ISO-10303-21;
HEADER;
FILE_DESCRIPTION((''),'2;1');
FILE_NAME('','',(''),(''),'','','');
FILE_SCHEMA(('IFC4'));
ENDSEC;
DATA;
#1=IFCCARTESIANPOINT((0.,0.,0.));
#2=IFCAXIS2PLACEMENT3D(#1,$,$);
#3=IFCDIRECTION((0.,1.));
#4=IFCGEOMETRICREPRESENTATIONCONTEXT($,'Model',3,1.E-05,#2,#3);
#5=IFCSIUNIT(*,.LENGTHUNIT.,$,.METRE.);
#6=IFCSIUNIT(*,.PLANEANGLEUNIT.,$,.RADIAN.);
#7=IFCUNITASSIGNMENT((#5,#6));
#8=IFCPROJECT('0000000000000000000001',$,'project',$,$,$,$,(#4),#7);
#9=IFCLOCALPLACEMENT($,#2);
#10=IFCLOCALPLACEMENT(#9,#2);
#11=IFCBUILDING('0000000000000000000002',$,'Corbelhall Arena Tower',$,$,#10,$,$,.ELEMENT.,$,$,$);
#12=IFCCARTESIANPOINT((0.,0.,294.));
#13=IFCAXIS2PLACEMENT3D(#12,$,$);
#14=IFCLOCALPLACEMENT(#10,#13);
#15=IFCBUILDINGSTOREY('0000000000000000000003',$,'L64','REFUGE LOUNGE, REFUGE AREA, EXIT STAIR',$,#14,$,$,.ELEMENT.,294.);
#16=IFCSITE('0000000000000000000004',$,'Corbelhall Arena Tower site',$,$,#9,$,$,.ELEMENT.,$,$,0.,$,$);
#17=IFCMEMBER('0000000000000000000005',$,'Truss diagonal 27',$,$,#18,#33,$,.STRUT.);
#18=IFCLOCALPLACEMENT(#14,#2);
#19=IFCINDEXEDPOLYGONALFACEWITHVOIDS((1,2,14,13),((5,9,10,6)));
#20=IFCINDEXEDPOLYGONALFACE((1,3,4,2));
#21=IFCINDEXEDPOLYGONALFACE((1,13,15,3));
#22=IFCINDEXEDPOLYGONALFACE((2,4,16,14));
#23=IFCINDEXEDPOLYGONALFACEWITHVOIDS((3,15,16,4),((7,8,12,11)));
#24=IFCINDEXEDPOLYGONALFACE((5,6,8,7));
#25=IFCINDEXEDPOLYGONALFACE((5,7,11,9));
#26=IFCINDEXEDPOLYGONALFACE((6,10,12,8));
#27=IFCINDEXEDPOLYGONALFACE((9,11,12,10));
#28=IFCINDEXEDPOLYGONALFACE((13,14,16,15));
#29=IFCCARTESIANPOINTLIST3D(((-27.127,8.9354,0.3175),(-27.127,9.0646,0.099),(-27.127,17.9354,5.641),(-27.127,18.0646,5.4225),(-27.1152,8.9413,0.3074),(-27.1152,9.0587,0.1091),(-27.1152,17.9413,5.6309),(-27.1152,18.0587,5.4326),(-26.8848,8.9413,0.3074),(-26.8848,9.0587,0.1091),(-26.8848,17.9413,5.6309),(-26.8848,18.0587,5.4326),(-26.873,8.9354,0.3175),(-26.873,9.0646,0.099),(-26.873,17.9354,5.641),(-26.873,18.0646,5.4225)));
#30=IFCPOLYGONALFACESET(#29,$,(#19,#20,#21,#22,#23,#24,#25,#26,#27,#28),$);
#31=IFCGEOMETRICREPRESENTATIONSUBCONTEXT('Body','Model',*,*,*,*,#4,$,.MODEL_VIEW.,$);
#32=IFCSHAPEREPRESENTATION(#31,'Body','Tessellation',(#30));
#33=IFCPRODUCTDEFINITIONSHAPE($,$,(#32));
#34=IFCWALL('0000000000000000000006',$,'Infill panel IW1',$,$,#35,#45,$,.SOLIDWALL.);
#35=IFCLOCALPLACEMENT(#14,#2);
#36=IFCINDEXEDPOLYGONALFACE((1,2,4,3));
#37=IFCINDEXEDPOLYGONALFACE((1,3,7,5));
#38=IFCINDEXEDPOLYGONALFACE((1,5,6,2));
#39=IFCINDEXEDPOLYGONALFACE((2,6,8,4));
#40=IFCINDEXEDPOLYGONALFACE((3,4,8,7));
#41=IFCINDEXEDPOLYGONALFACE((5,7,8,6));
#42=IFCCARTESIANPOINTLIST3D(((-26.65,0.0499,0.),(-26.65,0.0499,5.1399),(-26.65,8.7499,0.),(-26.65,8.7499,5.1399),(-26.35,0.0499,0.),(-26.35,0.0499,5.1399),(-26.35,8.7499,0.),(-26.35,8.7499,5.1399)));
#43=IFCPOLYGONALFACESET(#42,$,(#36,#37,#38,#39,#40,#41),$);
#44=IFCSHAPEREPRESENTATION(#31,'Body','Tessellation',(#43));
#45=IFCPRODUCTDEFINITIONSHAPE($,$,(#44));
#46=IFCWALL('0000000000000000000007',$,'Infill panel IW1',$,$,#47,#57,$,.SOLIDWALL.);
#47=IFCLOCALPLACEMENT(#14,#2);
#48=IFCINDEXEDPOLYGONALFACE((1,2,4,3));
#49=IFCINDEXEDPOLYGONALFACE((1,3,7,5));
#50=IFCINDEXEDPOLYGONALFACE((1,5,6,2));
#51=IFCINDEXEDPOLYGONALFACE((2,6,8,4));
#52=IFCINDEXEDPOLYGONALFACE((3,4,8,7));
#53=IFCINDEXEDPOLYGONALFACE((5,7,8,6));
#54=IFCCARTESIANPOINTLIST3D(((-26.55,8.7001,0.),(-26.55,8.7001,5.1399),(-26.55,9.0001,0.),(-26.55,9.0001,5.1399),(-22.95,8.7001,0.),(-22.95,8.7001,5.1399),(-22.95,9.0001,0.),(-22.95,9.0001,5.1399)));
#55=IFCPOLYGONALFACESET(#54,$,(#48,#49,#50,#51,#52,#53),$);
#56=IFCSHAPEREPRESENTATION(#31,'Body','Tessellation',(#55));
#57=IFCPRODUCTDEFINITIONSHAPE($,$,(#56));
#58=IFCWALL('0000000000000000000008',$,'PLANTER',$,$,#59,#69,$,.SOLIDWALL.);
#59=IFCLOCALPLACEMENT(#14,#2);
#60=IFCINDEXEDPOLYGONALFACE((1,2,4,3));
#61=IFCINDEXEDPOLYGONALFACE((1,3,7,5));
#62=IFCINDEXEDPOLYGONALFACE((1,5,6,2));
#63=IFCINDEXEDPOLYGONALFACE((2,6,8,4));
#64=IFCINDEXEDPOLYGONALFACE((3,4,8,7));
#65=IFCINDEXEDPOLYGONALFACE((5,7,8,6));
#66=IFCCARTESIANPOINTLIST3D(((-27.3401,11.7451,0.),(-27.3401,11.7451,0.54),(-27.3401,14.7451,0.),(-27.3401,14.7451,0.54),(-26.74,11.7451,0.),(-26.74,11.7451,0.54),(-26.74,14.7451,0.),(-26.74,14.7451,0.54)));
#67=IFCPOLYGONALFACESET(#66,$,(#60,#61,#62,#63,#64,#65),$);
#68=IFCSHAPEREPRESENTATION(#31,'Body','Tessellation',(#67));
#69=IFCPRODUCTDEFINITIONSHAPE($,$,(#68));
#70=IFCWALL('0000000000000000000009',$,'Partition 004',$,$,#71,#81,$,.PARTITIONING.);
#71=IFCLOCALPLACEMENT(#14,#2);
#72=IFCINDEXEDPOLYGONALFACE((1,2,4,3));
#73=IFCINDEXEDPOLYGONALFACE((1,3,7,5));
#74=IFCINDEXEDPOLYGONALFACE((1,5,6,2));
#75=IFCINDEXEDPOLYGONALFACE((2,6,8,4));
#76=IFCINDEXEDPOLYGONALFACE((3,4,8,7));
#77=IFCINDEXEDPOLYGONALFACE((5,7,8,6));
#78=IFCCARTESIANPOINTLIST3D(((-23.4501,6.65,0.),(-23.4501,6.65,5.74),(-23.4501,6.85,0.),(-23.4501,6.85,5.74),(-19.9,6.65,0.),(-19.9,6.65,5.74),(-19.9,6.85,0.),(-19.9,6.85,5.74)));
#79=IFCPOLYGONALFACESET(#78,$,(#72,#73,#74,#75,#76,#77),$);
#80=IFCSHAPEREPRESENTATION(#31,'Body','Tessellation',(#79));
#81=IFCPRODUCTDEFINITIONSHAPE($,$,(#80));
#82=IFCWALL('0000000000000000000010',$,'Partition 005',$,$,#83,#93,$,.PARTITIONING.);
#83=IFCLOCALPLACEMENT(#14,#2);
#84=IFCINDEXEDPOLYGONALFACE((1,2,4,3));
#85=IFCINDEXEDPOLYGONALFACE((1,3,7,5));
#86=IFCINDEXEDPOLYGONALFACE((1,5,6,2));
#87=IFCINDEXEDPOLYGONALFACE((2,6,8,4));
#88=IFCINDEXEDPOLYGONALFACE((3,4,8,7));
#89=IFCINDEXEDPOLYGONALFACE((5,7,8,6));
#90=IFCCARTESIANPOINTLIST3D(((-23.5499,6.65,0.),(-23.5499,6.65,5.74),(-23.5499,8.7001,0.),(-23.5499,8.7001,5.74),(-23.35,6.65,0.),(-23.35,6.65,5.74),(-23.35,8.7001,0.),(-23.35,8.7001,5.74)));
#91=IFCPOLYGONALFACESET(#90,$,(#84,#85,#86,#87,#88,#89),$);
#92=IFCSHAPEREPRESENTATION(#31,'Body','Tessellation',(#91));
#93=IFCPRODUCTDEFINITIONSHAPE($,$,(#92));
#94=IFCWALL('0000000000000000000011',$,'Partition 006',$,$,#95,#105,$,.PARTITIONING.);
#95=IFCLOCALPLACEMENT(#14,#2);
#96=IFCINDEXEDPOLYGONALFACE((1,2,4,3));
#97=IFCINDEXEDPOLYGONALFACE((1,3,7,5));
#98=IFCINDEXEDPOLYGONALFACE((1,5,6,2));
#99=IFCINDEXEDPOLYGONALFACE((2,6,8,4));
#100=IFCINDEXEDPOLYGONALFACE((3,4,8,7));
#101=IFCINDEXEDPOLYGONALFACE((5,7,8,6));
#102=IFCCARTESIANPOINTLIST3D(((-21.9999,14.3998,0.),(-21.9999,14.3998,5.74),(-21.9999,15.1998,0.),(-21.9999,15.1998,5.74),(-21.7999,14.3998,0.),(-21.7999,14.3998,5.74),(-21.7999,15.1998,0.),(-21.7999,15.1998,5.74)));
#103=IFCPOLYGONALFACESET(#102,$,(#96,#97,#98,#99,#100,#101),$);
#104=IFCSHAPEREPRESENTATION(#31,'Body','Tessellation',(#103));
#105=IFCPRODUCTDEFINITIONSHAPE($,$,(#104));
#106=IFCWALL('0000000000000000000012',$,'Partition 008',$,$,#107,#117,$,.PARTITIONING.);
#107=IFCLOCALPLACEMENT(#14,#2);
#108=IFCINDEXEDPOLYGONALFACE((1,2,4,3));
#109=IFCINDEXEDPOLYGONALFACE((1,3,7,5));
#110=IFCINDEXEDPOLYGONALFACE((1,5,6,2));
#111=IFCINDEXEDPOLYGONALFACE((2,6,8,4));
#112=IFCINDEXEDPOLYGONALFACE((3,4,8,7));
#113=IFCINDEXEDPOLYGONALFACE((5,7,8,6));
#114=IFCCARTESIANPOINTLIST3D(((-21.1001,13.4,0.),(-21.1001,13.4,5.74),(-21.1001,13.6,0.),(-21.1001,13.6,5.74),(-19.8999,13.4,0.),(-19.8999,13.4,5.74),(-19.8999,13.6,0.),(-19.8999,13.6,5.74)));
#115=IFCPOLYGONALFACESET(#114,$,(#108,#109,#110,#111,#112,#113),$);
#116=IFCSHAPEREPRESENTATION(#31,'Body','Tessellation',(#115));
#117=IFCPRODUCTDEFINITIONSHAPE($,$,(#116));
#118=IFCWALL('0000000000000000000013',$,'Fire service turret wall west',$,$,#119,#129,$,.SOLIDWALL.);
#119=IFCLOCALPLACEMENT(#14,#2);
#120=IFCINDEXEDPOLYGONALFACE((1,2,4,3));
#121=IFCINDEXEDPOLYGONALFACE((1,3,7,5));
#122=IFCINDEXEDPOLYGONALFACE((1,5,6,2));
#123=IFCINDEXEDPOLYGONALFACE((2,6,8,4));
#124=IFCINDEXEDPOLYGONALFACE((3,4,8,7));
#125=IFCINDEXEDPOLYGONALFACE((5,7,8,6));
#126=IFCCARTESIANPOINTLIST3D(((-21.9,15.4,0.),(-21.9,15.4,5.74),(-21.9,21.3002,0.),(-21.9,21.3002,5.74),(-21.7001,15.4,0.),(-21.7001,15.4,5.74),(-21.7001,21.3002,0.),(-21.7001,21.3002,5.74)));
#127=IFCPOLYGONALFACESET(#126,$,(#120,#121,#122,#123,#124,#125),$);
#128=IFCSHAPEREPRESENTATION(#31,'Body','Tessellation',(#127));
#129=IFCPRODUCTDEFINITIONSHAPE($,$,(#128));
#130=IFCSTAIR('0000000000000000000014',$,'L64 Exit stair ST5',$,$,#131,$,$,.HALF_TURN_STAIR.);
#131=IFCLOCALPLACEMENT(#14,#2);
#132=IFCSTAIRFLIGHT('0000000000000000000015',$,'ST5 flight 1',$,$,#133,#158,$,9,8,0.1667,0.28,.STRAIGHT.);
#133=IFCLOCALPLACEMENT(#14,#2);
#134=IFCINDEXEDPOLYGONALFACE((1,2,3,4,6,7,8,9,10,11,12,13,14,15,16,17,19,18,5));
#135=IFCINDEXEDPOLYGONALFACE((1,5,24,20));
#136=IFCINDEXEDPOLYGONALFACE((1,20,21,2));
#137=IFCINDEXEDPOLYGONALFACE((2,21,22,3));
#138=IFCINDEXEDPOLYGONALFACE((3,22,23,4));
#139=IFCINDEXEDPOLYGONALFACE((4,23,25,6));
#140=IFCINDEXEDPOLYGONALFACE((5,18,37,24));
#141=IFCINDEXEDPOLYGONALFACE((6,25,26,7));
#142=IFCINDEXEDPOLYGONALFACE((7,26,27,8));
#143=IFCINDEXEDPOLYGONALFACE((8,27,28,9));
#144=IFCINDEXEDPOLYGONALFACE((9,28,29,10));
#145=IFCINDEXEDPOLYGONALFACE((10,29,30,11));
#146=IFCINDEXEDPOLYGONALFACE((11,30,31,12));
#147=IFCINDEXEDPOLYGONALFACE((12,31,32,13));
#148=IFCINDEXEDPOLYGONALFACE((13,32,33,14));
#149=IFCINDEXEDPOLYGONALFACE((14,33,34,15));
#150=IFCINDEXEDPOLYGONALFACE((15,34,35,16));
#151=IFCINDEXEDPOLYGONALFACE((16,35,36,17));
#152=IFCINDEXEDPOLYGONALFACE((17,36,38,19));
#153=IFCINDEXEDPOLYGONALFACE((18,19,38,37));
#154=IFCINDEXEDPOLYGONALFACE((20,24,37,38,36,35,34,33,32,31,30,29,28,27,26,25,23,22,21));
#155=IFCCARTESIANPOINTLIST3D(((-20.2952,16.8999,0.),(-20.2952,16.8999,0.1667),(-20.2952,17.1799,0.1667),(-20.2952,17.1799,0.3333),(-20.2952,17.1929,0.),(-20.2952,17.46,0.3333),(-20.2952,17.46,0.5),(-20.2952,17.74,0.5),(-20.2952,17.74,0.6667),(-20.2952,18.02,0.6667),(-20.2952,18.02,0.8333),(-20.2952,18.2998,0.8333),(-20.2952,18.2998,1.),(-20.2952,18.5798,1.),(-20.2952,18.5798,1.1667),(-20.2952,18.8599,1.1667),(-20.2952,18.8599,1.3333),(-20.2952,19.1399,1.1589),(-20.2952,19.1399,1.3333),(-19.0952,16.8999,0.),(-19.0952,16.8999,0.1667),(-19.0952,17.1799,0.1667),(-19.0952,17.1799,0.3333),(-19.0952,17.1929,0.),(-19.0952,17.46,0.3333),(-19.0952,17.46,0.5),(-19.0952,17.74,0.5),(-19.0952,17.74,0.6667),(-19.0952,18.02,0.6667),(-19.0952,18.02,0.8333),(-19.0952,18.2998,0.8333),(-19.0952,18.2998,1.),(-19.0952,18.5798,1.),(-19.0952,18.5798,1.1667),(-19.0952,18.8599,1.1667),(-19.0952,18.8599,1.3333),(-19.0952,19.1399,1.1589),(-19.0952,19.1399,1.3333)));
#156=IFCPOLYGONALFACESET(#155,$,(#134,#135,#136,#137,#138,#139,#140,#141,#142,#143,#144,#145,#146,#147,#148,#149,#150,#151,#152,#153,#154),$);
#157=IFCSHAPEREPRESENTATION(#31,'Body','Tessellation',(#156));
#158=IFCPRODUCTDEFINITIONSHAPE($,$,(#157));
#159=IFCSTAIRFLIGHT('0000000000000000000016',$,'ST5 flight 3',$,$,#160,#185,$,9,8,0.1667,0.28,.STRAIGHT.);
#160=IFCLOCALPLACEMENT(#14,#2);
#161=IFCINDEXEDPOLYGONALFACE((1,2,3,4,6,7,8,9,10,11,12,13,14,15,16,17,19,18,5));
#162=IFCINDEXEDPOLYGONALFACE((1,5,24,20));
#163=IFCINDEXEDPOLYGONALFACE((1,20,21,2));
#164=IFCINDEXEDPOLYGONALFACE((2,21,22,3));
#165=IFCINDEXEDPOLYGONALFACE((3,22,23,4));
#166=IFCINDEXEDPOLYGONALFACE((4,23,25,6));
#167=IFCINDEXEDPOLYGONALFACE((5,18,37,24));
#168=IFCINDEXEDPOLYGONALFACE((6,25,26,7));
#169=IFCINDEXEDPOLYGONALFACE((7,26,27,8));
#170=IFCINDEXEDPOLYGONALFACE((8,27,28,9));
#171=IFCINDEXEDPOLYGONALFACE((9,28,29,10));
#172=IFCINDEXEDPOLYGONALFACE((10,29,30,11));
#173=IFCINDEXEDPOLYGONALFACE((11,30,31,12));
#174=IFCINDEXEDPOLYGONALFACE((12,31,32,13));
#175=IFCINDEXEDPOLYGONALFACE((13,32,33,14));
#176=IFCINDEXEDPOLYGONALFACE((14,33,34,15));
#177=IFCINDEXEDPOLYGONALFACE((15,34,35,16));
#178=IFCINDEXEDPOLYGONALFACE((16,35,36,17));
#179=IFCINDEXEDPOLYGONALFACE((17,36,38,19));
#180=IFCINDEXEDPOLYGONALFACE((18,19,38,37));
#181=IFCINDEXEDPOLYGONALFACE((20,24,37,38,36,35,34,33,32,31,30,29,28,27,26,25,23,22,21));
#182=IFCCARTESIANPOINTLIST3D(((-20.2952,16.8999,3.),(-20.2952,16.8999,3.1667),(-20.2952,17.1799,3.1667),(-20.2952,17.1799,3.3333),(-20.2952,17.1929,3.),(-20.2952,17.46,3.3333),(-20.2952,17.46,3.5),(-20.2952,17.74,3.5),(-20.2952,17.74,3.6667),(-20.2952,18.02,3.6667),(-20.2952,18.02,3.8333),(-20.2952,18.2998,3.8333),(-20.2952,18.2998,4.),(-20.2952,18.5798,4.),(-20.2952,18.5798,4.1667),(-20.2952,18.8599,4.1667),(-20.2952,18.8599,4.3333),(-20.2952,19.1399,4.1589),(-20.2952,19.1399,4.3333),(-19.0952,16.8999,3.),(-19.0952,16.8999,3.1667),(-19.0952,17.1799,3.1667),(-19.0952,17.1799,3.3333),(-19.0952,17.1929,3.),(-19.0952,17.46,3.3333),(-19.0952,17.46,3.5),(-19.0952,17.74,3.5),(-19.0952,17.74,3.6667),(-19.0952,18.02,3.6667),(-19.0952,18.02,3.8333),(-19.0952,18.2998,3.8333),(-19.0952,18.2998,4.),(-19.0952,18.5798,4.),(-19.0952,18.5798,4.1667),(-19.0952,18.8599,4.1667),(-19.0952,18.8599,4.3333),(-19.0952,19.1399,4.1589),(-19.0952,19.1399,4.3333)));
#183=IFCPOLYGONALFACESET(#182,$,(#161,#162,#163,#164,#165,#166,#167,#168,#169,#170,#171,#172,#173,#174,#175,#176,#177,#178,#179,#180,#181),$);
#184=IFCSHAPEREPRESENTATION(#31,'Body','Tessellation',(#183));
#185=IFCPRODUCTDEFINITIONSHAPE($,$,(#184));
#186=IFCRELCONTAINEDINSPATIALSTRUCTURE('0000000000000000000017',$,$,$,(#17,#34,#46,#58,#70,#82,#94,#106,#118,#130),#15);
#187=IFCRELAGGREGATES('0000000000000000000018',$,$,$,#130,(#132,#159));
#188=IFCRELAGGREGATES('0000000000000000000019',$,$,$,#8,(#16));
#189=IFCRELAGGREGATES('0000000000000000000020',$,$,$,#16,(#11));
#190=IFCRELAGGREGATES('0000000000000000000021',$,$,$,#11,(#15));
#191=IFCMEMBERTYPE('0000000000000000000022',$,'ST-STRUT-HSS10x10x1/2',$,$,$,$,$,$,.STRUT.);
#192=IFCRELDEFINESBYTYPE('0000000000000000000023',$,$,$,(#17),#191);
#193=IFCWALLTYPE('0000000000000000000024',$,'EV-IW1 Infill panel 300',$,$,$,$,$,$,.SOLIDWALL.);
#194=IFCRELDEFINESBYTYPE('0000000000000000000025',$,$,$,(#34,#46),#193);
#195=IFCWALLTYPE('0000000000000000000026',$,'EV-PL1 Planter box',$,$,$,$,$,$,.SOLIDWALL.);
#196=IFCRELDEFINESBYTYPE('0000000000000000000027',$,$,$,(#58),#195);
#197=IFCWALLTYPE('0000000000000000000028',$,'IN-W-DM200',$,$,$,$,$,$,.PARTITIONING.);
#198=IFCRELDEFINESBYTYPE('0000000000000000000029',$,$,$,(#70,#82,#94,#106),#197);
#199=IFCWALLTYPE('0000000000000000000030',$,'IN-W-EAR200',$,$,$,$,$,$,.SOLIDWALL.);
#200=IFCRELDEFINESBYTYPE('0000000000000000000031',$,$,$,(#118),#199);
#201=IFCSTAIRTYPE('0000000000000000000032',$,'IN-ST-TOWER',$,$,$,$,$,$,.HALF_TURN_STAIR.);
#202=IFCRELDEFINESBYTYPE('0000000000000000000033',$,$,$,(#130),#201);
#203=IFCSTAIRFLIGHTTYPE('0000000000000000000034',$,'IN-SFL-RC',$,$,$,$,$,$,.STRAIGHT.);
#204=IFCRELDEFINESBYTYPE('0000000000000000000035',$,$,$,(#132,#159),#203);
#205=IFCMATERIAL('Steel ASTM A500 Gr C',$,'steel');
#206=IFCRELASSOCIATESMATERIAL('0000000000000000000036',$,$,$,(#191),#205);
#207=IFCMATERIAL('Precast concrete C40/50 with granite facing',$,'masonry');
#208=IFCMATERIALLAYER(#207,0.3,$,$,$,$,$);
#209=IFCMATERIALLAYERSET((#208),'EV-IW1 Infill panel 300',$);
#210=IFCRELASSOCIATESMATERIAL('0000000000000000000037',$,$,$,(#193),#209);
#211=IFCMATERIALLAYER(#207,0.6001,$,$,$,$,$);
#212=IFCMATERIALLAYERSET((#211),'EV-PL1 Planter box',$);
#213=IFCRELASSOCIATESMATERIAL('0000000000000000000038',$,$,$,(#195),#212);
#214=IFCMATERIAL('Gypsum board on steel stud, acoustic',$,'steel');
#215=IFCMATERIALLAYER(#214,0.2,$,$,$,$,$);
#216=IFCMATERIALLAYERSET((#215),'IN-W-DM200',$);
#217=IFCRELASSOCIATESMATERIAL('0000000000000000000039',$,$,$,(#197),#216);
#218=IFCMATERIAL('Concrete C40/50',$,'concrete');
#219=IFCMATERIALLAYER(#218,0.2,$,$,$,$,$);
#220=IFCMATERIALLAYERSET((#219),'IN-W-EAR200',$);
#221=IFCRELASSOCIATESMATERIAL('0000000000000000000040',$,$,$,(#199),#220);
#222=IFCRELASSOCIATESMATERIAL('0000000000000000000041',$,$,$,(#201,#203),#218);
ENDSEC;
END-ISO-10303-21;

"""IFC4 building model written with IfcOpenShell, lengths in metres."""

from ifc_helpers import new_model, si_unit, direction, frame, frame_2d, origin, origin_2d, place, context, subcontext, project, spatial, polyline, rectangle, hollow_rectangle, outline, extrude, material, layer, layer_set, material_profile, profile_set, type_object, element, aggregate, save


model = new_model("IFC4")

# Units and contexts
model_context = context("Model", 3, precision=1e-05, world=origin(), true_north=direction((0.0, 1.0)))
body_context = subcontext(model_context, "Body", "Model", "MODEL_VIEW")
ifc_project = project(units=[si_unit("LENGTHUNIT", "METRE"), si_unit("PLANEANGLEUNIT", "RADIAN")], contexts=[model_context])

# Site, building, storey
site_placement = place(None, origin())
site = spatial("IfcSite", under=ifc_project, at=site_placement, Name="Corbelhall Arena Tower site", CompositionType="ELEMENT", RefElevation=0.0)
building_placement = place(site_placement, origin())
building = spatial("IfcBuilding", under=site, at=building_placement, Name="Corbelhall Arena Tower", CompositionType="ELEMENT")
storey_placement = place(building_placement, frame((0.0, 0.0, 294.0)))
storey = spatial("IfcBuildingStorey", under=building, at=storey_placement, Name="L64", Description="REFUGE LOUNGE, REFUGE AREA, EXIT STAIR", CompositionType="ELEMENT", Elevation=294.0)

# Member
ifc_material_1 = material(Name="Steel ASTM A500 Gr C", Category="steel")
ifc_material_profile_1 = material_profile(ifc_material_1, hollow_rectangle(XDim=0.2539, YDim=0.2539, WallThickness=0.0117, at=origin_2d()))
ifc_profile_set_1 = profile_set([ifc_material_profile_1], Name="Steel ASTM A500 Gr C")
member_type_1 = type_object("IfcMemberType", Name="ST-STRUT-HSS10x10x1/2", PredefinedType="STRUT", material=ifc_profile_set_1)
for number, where, z_axis, x_axis, name in (
    (1, (-27.0, 9.0, 0.2083), (0.0, 0.860704, 0.509105), (-1.0, 0.0, 0.0), "Truss diagonal 27"),
):
    element("IfcMember", number, at=place(storey_placement, frame(where, z_axis=z_axis, x_axis=x_axis)), inside=storey, type_object=member_type_1, Name=name, PredefinedType="STRUT", context=body_context, shape_type="SweptSolid", body=[
        extrude(hollow_rectangle(XDim=0.2539, YDim=0.2539, WallThickness=0.0117, at=origin_2d()), origin(), (0.0, 0.0, 1.0), 10.4565),
    ])

# Wall
ifc_material_2 = material(Name="Precast concrete C40/50 with granite facing", Category="masonry")
ifc_layer_1 = layer(ifc_material_2, 0.3)
ifc_layer_set_1 = layer_set([ifc_layer_1], Name="EV-IW1 Infill panel 300")
wall_type_1 = type_object("IfcWallType", Name="EV-IW1 Infill panel 300", PredefinedType="SOLIDWALL", material=ifc_layer_set_1)
wall_1_placement = place(storey_placement, frame((-26.5, 8.75, 0.0), z_axis=(0.0, 0.0, 1.0), x_axis=(0.0, -1.0, 0.0)))
element("IfcWall", 2, at=wall_1_placement, inside=storey, type_object=wall_type_1, Name="Infill panel IW1", PredefinedType="SOLIDWALL", context=body_context, shape_type="SweptSolid", body=[
    extrude(rectangle(XDim=8.7, YDim=0.3, at=frame_2d((4.3501, 0.0))), origin(), (0.0, 0.0, 1.0), 5.1399),
])

# Walls
wall_2_placement = place(storey_placement, frame((-22.95, 8.8501, 0.0), z_axis=(0.0, 0.0, 1.0), x_axis=(-1.0, 0.0, 0.0)))
element("IfcWall", 3, at=wall_2_placement, inside=storey, type_object=wall_type_1, Name="Infill panel IW1", PredefinedType="SOLIDWALL", context=body_context, shape_type="SweptSolid", body=[
    extrude(rectangle(XDim=3.6001, YDim=0.3, at=frame_2d((1.8, 0.0))), origin(), (0.0, 0.0, 1.0), 5.1399),
])
ifc_layer_2 = layer(ifc_material_2, 0.6001)
ifc_layer_set_2 = layer_set([ifc_layer_2], Name="EV-PL1 Planter box")
wall_type_2 = type_object("IfcWallType", Name="EV-PL1 Planter box", PredefinedType="SOLIDWALL", material=ifc_layer_set_2)
wall_3_placement = place(storey_placement, frame((-27.04, 11.7451, 0.0), z_axis=(0.0, 0.0, 1.0), x_axis=(0.0, 1.0, 0.0)))
element("IfcWall", 4, at=wall_3_placement, inside=storey, type_object=wall_type_2, Name="PLANTER", PredefinedType="SOLIDWALL", context=body_context, shape_type="SweptSolid", body=[
    extrude(rectangle(XDim=3.0, YDim=0.6001, at=frame_2d((1.5, 0.0))), origin(), (0.0, 0.0, 1.0), 0.54),
])
ifc_material_3 = material(Name="Gypsum board on steel stud, acoustic", Category="steel")
ifc_layer_3 = layer(ifc_material_3, 0.2)
ifc_layer_set_3 = layer_set([ifc_layer_3], Name="IN-W-DM200")
wall_type_3 = type_object("IfcWallType", Name="IN-W-DM200", PredefinedType="PARTITIONING", material=ifc_layer_set_3)
wall_4_placement = place(storey_placement, frame((-23.45, 6.75, 0.0), z_axis=(0.0, 0.0, 1.0), x_axis=(1.0, 0.0, 0.0)))
element("IfcWall", 5, at=wall_4_placement, inside=storey, type_object=wall_type_3, Name="Partition 004", PredefinedType="PARTITIONING", context=body_context, shape_type="SweptSolid", body=[
    extrude(rectangle(XDim=3.55, YDim=0.2, at=frame_2d((1.7749, 0.0))), origin(), (0.0, 0.0, 1.0), 5.74),
])
wall_5_placement = place(storey_placement, frame((-23.45, 8.7, 0.0), z_axis=(0.0, 0.0, 1.0), x_axis=(0.0, -1.0, 0.0)))
element("IfcWall", 6, at=wall_5_placement, inside=storey, type_object=wall_type_3, Name="Partition 005", PredefinedType="PARTITIONING", context=body_context, shape_type="SweptSolid", body=[
    extrude(rectangle(XDim=2.05, YDim=0.2, at=frame_2d((1.0249, 0.0))), origin(), (0.0, 0.0, 1.0), 5.74),
])
wall_6_placement = place(storey_placement, frame((-21.8999, 14.3999, 0.0), z_axis=(0.0, 0.0, 1.0), x_axis=(0.0, 1.0, 0.0)))
element("IfcWall", 7, at=wall_6_placement, inside=storey, type_object=wall_type_3, Name="Partition 006", PredefinedType="PARTITIONING", context=body_context, shape_type="SweptSolid", body=[
    extrude(rectangle(XDim=0.8, YDim=0.2, at=frame_2d((0.3999, 0.0))), origin(), (0.0, 0.0, 1.0), 5.74),
])
wall_7_placement = place(storey_placement, frame((-19.8999, 13.5, 0.0), z_axis=(0.0, 0.0, 1.0), x_axis=(-1.0, 0.0, 0.0)))
element("IfcWall", 8, at=wall_7_placement, inside=storey, type_object=wall_type_3, Name="Partition 008", PredefinedType="PARTITIONING", context=body_context, shape_type="SweptSolid", body=[
    extrude(rectangle(XDim=1.2002, YDim=0.2, at=frame_2d((0.6001, 0.0))), origin(), (0.0, 0.0, 1.0), 5.74),
])

# Shared definitions
ifc_material_4 = material(Name="Concrete C40/50", Category="concrete")
ifc_layer_4 = layer(ifc_material_4, 0.2)
ifc_layer_set_4 = layer_set([ifc_layer_4], Name="IN-W-EAR200")
wall_type_4 = type_object("IfcWallType", Name="IN-W-EAR200", PredefinedType="SOLIDWALL", material=ifc_layer_set_4)

# Wall
wall_8_placement = place(storey_placement, frame((-21.8, 15.3999, 0.0), z_axis=(0.0, 0.0, 1.0), x_axis=(0.0, 1.0, 0.0)))
element("IfcWall", 9, at=wall_8_placement, inside=storey, type_object=wall_type_4, Name="Fire service turret wall west", PredefinedType="SOLIDWALL", context=body_context, shape_type="SweptSolid", body=[
    extrude(rectangle(XDim=5.9001, YDim=0.2, at=frame_2d((2.9502, 0.0))), origin(), (0.0, 0.0, 1.0), 5.74),
])

# Stair, stair flights
stair_type = type_object("IfcStairType", Name="IN-ST-TOWER", PredefinedType="HALF_TURN_STAIR", material=ifc_material_4)
stair_placement = place(storey_placement, origin())
stair = element("IfcStair", 10, at=stair_placement, inside=storey, type_object=stair_type, Name="L64 Exit stair ST5", PredefinedType="HALF_TURN_STAIR")
stair_flight_type = type_object("IfcStairFlightType", Name="IN-SFL-RC", PredefinedType="STRAIGHT", material=ifc_material_4)
stair_flight_1_placement = place(storey_placement, frame((-19.6951, 16.8999, 0.0), z_axis=(0.0, 0.0, 1.0), x_axis=(0.0, 1.0, 0.0)))
stair_flight_1 = element("IfcStairFlight", 11, at=stair_flight_1_placement, type_object=stair_flight_type, Name="ST5 flight 1", NumberOfRisers=9, NumberOfTreads=8, PredefinedType="STRAIGHT", RiserHeight=0.1667, TreadLength=0.28, context=body_context, shape_type="SweptSolid", body=[
    extrude(outline(polyline([(0.0, 0.0), (0.0, 0.1667), (0.28, 0.1667), (0.28, 0.3333), (0.5601, 0.3333), (0.5601, 0.5), (0.8401, 0.5), (0.8401, 0.6667), (1.1201, 0.6667), (1.1201, 0.8333), (1.3999, 0.8333), (1.3999, 1.0), (1.6799, 1.0), (1.6799, 1.1667), (1.96, 1.1667), (1.96, 1.3333), (2.24, 1.3333), (2.24, 1.5), (2.24, 1.1589), (0.293, 0.0), (0.0, 0.0)])), frame((0.0, 0.6001, 0.0), z_axis=(0.0, -1.0, 0.0), x_axis=(1.0, 0.0, 0.0)), (0.0, 0.0, 1.0), 1.2),
])
stair_flight_2_placement = place(storey_placement, frame((-19.6951, 16.8999, 3.0), z_axis=(0.0, 0.0, 1.0), x_axis=(0.0, 1.0, 0.0)))
stair_flight_2 = element("IfcStairFlight", 12, at=stair_flight_2_placement, type_object=stair_flight_type, Name="ST5 flight 3", NumberOfRisers=9, NumberOfTreads=8, PredefinedType="STRAIGHT", RiserHeight=0.1667, TreadLength=0.28, context=body_context, shape_type="SweptSolid", body=[
    extrude(outline(polyline([(0.0, 0.0), (0.0, 0.1667), (0.28, 0.1667), (0.28, 0.3333), (0.5601, 0.3333), (0.5601, 0.5), (0.8401, 0.5), (0.8401, 0.6667), (1.1201, 0.6667), (1.1201, 0.8333), (1.3999, 0.8333), (1.3999, 1.0), (1.6799, 1.0), (1.6799, 1.1667), (1.96, 1.1667), (1.96, 1.3333), (2.24, 1.3333), (2.24, 1.5), (2.24, 1.1589), (0.293, 0.0), (0.0, 0.0)])), frame((0.0, 0.6001, 0.0), z_axis=(0.0, -1.0, 0.0), x_axis=(1.0, 0.0, 0.0)), (0.0, 0.0, 1.0), 1.2),
])
aggregate(stair, [stair_flight_1, stair_flight_2])

save(model, "model.ifc")
